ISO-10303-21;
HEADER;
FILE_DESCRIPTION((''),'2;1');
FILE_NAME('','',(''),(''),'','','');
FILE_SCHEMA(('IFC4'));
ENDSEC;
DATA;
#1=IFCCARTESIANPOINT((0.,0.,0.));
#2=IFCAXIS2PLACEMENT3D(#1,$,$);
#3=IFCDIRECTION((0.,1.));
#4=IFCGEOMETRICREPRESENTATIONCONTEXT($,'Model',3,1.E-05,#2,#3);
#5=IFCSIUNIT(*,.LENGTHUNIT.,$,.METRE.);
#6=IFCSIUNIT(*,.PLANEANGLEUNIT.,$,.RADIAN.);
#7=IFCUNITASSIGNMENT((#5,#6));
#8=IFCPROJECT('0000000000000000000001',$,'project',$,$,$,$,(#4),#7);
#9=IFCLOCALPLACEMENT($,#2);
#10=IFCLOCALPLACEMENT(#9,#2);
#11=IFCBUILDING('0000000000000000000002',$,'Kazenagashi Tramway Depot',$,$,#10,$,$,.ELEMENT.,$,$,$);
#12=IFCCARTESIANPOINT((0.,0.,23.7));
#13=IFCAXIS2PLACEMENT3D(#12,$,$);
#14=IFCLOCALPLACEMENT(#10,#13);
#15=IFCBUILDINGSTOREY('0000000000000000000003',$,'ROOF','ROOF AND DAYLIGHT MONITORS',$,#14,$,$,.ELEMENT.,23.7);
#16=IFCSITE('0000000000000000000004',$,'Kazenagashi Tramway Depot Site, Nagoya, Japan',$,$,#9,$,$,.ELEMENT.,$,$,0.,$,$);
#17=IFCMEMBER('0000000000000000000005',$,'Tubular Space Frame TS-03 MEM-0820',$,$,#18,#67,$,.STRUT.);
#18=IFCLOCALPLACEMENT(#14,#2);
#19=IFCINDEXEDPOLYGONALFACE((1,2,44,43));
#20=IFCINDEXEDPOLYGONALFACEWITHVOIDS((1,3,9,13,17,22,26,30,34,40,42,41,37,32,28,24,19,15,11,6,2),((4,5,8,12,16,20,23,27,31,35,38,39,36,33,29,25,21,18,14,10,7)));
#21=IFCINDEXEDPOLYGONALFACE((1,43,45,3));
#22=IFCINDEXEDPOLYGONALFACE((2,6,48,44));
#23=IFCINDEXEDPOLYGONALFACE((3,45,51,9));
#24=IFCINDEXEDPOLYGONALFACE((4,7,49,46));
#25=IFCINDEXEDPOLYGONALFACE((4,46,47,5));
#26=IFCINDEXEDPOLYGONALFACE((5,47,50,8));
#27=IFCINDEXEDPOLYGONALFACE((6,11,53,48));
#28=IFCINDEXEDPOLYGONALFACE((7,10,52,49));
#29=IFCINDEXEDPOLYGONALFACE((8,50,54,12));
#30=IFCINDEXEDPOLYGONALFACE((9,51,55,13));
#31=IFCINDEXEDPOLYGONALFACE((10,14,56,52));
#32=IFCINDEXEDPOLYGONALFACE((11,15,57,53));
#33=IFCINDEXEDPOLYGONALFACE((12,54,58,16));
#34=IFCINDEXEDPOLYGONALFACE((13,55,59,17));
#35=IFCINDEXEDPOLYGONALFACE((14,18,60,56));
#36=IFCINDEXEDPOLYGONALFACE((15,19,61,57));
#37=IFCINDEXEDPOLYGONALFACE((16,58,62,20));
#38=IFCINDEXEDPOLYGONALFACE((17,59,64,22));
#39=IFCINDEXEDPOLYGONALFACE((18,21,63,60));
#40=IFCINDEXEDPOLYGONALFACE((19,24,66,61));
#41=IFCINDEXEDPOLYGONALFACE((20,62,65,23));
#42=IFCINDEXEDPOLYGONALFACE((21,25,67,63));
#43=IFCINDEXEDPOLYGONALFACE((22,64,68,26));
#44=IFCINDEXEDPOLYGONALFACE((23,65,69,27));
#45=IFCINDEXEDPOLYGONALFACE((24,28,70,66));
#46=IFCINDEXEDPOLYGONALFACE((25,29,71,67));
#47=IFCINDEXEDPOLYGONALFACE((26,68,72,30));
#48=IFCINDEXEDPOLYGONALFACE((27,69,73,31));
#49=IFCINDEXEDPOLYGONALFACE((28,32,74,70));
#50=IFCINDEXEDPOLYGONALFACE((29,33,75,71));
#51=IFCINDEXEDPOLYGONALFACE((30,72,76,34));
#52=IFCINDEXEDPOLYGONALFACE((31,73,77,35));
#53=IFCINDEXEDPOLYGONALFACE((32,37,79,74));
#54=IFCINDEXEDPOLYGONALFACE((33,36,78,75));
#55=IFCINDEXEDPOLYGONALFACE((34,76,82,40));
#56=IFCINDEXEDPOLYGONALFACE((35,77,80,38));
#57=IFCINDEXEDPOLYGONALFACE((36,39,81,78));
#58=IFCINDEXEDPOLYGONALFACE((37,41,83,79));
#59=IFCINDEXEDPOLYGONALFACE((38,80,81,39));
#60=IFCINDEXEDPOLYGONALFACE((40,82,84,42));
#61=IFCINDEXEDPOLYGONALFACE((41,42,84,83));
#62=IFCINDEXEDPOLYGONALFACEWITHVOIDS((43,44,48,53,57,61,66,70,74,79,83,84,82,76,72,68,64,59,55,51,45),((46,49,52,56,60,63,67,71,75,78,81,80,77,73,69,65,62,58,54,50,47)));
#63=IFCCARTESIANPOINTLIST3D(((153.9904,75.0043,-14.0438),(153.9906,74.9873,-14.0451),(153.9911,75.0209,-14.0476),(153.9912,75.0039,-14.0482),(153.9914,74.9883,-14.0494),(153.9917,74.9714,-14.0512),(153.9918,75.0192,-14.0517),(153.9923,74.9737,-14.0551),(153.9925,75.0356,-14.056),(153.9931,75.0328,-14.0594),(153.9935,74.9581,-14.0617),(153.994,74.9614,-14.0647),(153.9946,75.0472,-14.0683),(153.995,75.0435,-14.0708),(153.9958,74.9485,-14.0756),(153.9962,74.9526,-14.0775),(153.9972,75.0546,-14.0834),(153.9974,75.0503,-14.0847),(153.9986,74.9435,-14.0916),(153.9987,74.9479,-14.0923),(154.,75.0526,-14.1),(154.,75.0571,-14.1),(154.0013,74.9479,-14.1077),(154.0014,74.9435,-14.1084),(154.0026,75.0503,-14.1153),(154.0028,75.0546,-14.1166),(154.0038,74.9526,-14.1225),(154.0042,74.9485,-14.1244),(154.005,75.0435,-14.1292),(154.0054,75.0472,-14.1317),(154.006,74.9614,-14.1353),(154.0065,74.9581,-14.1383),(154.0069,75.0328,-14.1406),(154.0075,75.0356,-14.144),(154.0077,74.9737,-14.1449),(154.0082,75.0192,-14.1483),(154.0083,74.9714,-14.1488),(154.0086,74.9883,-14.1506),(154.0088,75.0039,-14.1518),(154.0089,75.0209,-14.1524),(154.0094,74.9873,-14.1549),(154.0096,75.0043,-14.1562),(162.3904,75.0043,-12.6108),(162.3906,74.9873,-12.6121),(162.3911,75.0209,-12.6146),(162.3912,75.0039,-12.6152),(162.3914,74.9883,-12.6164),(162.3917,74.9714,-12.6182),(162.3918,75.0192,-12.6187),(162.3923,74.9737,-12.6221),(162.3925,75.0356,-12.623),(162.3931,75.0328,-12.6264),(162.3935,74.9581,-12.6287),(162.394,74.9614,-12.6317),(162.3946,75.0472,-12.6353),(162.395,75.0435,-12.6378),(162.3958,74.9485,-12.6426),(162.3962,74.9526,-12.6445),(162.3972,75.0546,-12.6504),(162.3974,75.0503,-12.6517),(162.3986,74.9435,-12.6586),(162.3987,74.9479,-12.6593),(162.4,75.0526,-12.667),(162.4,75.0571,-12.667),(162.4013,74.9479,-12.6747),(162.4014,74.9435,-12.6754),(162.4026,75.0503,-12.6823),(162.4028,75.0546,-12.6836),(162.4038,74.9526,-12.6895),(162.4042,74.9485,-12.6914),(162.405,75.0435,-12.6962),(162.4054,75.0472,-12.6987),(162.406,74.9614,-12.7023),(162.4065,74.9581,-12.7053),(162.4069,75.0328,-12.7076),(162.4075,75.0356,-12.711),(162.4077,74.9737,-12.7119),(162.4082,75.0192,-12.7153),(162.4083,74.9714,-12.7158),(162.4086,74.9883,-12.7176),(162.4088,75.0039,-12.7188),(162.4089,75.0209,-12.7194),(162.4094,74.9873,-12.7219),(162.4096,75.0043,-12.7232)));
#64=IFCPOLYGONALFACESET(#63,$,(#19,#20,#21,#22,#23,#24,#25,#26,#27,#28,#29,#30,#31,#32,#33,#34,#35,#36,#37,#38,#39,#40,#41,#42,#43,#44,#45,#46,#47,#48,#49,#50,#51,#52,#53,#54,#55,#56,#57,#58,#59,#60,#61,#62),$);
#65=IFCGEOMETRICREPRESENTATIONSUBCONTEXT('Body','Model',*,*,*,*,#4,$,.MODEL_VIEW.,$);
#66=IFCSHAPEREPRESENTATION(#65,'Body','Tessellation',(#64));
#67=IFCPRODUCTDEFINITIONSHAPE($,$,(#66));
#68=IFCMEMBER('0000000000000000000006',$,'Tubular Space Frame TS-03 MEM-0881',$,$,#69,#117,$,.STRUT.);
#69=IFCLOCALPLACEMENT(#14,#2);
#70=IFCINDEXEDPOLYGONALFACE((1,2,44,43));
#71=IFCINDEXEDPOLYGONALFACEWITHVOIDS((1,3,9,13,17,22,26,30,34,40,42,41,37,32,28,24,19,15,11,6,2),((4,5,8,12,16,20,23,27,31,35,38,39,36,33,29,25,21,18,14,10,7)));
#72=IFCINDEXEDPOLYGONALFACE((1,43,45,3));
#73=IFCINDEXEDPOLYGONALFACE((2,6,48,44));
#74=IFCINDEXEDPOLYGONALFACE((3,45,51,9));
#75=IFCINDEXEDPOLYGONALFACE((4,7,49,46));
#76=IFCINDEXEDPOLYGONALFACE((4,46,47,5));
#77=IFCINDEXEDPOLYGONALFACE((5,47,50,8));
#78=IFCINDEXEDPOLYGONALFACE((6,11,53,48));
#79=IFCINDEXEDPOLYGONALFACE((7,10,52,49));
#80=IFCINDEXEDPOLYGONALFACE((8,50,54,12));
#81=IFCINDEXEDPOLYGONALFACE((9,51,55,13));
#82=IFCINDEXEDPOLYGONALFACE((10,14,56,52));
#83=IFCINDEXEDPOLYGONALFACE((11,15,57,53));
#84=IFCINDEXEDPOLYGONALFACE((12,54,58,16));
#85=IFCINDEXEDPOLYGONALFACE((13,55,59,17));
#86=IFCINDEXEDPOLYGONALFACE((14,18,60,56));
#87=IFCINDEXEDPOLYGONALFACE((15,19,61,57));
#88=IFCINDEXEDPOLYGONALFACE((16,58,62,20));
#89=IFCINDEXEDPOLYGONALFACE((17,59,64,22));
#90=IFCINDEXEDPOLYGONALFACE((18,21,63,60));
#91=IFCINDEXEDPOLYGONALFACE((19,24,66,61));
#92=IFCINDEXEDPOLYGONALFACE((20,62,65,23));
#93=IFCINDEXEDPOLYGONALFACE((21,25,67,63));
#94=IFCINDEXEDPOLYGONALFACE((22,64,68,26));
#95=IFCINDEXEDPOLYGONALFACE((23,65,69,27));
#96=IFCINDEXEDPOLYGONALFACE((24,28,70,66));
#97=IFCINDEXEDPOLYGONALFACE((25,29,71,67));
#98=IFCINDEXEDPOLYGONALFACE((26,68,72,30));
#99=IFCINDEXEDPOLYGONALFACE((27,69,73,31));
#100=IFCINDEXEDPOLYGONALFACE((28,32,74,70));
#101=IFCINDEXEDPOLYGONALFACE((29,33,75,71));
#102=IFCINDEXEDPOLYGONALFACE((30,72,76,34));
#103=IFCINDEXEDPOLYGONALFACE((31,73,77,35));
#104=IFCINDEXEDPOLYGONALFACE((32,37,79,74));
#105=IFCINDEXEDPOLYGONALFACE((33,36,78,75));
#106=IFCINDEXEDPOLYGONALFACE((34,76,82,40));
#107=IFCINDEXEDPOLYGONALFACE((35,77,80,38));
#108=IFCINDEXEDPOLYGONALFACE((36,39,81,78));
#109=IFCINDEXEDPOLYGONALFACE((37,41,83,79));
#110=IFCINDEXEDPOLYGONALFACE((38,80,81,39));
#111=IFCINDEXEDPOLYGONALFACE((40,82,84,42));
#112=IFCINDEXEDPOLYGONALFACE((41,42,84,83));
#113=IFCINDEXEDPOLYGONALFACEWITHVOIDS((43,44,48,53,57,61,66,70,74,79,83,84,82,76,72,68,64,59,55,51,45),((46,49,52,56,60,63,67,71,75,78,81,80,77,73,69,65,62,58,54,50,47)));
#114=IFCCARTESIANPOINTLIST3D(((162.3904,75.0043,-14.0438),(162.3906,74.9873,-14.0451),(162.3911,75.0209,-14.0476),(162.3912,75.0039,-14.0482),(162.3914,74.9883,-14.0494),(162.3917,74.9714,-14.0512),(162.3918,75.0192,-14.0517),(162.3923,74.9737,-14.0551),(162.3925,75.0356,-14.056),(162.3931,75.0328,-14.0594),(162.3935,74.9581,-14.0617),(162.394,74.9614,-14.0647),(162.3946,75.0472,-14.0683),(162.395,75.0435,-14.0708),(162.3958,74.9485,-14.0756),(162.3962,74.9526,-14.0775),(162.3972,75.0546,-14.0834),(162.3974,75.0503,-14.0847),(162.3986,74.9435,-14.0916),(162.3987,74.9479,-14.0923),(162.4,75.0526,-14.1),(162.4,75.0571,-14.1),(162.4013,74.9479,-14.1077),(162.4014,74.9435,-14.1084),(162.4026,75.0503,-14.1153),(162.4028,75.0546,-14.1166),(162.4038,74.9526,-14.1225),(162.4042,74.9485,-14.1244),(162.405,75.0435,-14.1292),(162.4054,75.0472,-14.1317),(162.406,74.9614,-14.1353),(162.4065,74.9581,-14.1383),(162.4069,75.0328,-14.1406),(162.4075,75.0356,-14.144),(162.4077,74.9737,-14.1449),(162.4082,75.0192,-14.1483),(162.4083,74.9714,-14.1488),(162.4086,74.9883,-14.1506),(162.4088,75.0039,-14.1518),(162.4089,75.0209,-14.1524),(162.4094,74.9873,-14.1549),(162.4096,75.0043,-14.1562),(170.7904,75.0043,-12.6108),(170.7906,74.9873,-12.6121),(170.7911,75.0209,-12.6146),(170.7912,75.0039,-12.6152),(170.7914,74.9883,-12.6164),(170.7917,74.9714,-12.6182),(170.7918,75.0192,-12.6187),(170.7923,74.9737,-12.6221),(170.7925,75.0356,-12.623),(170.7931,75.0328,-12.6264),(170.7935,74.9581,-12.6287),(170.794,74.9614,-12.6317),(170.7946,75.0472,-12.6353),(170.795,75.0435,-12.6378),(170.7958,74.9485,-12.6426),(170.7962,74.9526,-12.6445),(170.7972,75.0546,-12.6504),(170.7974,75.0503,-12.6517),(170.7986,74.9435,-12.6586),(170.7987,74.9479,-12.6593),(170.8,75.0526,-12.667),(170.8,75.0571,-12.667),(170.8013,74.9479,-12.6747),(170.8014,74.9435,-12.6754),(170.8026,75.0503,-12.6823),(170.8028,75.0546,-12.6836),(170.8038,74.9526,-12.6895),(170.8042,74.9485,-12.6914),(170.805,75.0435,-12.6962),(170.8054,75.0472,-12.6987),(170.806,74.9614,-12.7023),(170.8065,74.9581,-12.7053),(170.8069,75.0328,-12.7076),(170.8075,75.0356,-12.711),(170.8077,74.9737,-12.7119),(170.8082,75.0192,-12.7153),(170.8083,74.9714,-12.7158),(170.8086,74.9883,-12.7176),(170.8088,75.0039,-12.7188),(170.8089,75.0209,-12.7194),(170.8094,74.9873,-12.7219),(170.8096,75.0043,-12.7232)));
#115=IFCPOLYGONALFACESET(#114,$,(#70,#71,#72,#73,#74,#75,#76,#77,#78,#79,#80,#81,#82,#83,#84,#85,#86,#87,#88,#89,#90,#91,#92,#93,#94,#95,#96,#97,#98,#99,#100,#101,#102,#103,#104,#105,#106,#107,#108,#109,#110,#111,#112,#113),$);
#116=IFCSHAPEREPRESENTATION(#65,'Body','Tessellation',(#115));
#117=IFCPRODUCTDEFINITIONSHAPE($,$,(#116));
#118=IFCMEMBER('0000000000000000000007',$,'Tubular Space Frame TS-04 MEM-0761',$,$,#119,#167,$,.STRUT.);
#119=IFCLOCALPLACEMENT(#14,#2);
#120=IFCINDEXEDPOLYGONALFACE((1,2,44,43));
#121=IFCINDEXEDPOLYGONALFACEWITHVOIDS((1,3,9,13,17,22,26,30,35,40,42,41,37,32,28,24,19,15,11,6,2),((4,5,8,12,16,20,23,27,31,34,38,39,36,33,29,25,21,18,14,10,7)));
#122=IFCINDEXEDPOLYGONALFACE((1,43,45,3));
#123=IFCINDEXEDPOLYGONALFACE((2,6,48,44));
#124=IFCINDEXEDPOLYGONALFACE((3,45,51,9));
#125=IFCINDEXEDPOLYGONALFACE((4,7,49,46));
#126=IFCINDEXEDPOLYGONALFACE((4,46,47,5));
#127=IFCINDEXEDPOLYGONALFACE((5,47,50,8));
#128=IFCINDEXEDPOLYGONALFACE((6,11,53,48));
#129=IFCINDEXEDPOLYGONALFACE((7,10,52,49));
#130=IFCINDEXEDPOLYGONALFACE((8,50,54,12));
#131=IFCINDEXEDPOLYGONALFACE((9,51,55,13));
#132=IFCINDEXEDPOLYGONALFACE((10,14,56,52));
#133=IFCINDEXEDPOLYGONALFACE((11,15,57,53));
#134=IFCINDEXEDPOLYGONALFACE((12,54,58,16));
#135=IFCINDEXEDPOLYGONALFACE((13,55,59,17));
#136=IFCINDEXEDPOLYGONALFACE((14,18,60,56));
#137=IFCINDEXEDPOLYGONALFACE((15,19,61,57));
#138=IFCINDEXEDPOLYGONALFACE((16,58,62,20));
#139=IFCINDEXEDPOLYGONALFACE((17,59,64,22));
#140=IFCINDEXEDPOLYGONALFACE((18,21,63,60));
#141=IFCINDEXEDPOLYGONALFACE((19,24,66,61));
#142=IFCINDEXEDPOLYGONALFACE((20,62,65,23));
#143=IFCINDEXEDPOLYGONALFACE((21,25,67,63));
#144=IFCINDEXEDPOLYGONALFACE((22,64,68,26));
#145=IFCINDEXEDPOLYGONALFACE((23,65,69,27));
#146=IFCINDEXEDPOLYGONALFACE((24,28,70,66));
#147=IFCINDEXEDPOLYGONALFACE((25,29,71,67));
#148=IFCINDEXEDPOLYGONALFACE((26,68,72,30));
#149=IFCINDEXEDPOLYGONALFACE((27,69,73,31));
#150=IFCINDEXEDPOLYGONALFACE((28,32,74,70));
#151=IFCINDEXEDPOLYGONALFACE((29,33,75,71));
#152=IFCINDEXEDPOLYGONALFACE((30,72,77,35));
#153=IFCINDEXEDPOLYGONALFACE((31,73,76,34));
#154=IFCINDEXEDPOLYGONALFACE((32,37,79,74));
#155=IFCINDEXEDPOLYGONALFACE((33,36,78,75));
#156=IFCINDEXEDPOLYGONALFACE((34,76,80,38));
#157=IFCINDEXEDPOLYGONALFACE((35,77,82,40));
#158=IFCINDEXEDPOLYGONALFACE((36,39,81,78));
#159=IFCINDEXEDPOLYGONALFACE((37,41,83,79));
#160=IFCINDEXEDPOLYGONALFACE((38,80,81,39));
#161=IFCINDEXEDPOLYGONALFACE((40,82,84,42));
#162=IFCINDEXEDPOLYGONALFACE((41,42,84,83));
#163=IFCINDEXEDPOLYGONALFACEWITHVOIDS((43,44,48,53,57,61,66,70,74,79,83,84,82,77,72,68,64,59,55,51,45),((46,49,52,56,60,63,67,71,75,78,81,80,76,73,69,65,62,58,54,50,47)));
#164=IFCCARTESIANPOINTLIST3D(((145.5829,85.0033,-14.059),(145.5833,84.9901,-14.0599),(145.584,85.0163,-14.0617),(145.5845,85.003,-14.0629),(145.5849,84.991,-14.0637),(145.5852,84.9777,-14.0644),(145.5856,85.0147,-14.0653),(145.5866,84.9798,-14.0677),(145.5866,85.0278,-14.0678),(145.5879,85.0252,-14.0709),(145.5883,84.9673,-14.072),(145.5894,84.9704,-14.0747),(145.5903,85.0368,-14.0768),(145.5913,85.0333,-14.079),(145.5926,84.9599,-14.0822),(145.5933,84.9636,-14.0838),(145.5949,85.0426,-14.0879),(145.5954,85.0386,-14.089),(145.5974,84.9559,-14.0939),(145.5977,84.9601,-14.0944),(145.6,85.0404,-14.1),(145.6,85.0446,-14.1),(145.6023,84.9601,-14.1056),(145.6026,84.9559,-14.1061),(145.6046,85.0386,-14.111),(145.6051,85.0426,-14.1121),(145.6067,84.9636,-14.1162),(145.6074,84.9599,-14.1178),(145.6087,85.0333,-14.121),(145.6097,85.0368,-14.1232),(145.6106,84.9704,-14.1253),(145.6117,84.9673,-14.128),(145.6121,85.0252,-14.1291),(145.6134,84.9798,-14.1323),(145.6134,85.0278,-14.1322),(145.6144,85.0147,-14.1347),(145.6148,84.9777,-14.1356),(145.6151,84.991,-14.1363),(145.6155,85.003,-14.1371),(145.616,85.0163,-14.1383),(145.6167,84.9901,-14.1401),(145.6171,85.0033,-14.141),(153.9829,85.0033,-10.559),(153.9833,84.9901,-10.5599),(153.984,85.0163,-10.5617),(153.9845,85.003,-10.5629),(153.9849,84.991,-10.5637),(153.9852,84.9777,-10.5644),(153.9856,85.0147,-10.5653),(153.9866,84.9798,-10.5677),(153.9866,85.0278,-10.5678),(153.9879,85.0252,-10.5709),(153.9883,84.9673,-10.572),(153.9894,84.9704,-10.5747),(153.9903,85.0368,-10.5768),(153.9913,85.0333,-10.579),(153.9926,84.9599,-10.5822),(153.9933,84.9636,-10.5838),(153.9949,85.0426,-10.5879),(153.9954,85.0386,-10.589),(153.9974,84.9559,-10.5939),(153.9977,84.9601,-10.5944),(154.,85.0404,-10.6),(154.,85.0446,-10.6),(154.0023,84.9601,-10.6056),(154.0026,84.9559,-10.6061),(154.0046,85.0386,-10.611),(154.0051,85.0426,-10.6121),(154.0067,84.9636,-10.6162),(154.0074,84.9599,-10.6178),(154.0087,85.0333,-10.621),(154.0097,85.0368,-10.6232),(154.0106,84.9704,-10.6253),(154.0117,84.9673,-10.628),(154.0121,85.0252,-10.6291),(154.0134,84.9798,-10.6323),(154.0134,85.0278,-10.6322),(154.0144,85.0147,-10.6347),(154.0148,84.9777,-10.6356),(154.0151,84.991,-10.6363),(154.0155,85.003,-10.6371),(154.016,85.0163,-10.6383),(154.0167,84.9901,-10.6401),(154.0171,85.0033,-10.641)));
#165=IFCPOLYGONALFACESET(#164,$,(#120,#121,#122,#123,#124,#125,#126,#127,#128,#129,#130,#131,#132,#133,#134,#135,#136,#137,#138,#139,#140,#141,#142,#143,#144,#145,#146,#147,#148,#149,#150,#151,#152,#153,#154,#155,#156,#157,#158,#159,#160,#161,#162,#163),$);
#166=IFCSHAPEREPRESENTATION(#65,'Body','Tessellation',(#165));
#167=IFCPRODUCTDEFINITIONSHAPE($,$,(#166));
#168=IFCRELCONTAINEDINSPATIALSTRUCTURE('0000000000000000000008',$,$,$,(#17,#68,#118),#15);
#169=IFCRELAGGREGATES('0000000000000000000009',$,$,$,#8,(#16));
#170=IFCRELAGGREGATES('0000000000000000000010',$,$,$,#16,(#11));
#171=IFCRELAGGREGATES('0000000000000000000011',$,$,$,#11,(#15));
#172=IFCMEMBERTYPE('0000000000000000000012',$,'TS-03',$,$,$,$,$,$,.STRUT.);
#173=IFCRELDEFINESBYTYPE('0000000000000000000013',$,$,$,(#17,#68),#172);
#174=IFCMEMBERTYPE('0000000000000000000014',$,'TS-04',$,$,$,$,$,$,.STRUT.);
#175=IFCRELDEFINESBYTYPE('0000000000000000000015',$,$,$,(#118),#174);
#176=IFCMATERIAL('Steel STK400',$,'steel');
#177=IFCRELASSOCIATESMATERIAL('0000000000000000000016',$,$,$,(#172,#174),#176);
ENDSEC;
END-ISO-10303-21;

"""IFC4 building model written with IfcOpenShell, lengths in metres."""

from ifc_helpers import new_model, si_unit, direction, frame, origin, origin_2d, place, context, subcontext, project, spatial, hollow_circle, extrude, material, material_profile, profile_set, type_object, element, save


model = new_model("IFC4")

# Units and contexts
model_context = context("Model", 3, precision=1e-05, world=origin(), true_north=direction((0.0, 1.0)))
body_context = subcontext(model_context, "Body", "Model", "MODEL_VIEW")
ifc_project = project(units=[si_unit("LENGTHUNIT", "METRE"), si_unit("PLANEANGLEUNIT", "RADIAN")], contexts=[model_context])

# Site, building, storey
site_placement = place(None, origin())
site = spatial("IfcSite", under=ifc_project, at=site_placement, Name="Kazenagashi Tramway Depot Site, Nagoya, Japan", CompositionType="ELEMENT", RefElevation=0.0)
building_placement = place(site_placement, origin())
building = spatial("IfcBuilding", under=site, at=building_placement, Name="Kazenagashi Tramway Depot", CompositionType="ELEMENT")
storey_placement = place(building_placement, frame((0.0, 0.0, 23.7)))
storey = spatial("IfcBuildingStorey", under=building, at=storey_placement, Name="ROOF", Description="ROOF AND DAYLIGHT MONITORS", CompositionType="ELEMENT", Elevation=23.7)

# Members
ifc_material_1 = material(Name="Steel STK400", Category="steel")
ifc_material_profile_1 = material_profile(ifc_material_1, hollow_circle(Radius=0.0571, WallThickness=0.0045, at=origin_2d()), Name="CHS-114.3x4.5")
ifc_profile_set_1 = profile_set([ifc_material_profile_1], Name="Steel STK400")
member_type_1 = type_object("IfcMemberType", Name="TS-03", PredefinedType="STRUT", material=ifc_profile_set_1)
for number, where, z_axis, x_axis, name in (
    (1, (154.0, 75.0, -14.1), (0.985759, 0.0, 0.168166), (0.0, 1.0, 0.0), "Tubular Space Frame TS-03 MEM-0820"),
    (2, (162.4, 75.0, -14.1), (0.985759, 0.0, 0.168166), (0.0, 1.0, 0.0), "Tubular Space Frame TS-03 MEM-0881"),
):
    element("IfcMember", number, at=place(storey_placement, frame(where, z_axis=z_axis, x_axis=x_axis)), inside=storey, type_object=member_type_1, Name=name, PredefinedType="STRUT", context=body_context, shape_type="SweptSolid", body=[
        extrude(hollow_circle(Radius=0.0571, WallThickness=0.0045, at=origin_2d()), origin(), (0.0, 0.0, 1.0), 8.5214),
    ])
ifc_material_profile_2 = material_profile(ifc_material_1, hollow_circle(Radius=0.0445, WallThickness=0.0042, at=origin_2d()), Name="CHS-89.1x4.2")
ifc_profile_set_2 = profile_set([ifc_material_profile_2], Name="Steel STK400")
member_type_2 = type_object("IfcMemberType", Name="TS-04", PredefinedType="STRUT", material=ifc_profile_set_2)
member_1_placement = place(storey_placement, frame((145.6, 85.0, -14.1), z_axis=(0.923077, 0.0, 0.384615), x_axis=(0.0, 1.0, 0.0)))
element("IfcMember", 3, at=member_1_placement, inside=storey, type_object=member_type_2, Name="Tubular Space Frame TS-04 MEM-0761", PredefinedType="STRUT", context=body_context, shape_type="SweptSolid", body=[
    extrude(hollow_circle(Radius=0.0445, WallThickness=0.0042, at=origin_2d()), origin(), (0.0, 0.0, 1.0), 9.1),
])

save(model, "model.ifc")
